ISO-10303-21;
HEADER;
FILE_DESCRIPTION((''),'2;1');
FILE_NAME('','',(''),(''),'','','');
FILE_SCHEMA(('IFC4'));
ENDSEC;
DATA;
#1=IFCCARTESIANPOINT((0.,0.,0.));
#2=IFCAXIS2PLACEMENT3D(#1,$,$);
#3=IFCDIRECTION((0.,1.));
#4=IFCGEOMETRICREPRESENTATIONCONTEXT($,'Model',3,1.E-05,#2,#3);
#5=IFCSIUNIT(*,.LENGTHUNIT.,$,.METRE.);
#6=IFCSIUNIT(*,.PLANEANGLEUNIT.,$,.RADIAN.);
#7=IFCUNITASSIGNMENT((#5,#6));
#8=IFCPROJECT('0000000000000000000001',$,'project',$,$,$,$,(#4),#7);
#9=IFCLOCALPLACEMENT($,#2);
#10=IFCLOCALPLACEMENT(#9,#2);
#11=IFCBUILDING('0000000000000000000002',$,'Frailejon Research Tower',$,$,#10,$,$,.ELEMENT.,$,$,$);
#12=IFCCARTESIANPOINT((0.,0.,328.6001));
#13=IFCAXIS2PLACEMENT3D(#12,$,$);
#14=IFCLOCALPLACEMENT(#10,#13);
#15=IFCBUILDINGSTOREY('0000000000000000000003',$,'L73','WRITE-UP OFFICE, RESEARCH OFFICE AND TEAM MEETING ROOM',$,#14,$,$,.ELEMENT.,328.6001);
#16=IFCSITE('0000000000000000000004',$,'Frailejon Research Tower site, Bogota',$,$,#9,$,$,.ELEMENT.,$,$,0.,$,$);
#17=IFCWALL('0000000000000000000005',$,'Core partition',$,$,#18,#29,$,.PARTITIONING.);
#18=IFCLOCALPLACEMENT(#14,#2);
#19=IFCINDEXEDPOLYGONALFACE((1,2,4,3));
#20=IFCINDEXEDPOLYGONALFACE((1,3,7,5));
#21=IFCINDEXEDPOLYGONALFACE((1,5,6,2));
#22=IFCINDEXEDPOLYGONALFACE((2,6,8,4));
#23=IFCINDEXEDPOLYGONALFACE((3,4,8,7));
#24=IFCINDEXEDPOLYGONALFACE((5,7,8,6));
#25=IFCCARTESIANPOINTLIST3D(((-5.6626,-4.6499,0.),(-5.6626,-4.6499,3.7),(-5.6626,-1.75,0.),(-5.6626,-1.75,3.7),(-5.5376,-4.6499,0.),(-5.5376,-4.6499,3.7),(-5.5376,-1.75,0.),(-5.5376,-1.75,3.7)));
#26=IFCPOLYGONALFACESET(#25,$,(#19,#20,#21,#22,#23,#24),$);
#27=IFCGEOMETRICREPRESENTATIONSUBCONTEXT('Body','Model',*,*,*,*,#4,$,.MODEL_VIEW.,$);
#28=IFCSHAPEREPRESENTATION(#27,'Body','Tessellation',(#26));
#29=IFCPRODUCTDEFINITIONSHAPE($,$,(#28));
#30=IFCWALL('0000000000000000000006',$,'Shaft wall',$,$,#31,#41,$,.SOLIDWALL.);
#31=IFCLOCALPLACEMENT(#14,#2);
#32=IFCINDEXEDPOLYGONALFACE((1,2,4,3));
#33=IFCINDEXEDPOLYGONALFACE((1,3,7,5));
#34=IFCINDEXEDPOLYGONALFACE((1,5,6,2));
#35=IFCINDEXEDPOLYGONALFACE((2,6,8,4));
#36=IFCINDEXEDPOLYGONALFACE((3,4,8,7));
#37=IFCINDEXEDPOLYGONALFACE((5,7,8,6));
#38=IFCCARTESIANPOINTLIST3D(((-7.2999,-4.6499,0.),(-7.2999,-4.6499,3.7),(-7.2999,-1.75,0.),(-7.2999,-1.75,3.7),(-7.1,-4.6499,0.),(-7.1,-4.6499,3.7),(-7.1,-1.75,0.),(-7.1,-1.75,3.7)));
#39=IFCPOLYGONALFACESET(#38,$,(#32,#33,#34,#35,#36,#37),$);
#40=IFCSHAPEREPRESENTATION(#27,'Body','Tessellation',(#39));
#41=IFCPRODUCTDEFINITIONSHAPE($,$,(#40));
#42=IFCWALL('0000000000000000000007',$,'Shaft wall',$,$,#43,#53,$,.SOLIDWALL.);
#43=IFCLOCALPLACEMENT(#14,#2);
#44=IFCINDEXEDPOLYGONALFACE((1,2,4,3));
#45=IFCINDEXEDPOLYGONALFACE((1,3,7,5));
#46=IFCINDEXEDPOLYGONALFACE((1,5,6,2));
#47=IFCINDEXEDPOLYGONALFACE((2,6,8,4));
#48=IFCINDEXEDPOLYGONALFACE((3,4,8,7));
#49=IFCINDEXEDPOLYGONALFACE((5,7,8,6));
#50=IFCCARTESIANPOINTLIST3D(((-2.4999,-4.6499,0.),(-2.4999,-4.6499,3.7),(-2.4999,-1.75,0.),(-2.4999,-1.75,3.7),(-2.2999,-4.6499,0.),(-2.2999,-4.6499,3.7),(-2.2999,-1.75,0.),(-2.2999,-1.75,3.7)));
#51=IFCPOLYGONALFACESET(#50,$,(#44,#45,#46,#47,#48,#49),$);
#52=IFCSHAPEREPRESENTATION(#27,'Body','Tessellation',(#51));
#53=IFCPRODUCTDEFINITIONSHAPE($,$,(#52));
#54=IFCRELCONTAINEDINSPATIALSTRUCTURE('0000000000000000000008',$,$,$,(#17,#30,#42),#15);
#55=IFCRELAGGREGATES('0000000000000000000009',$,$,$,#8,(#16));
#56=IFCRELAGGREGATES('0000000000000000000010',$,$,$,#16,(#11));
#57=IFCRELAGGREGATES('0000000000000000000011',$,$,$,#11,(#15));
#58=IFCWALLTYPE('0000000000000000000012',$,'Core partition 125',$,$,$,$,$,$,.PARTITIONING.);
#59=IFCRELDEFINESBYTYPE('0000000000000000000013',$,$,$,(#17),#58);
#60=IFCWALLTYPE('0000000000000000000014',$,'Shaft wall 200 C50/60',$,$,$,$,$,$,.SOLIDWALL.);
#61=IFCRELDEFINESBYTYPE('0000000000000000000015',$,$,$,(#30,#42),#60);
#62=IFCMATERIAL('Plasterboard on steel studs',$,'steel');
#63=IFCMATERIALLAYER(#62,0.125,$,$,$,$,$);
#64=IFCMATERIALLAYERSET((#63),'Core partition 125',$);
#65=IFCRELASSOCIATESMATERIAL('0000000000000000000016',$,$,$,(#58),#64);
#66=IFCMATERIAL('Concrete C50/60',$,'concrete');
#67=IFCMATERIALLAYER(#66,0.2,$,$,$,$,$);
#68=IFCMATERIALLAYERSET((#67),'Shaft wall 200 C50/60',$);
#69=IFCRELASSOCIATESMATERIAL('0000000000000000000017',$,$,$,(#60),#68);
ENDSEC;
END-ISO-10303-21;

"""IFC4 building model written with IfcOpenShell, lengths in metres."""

from ifc_helpers import new_model, si_unit, direction, frame, frame_2d, origin, place, context, subcontext, project, spatial, rectangle, extrude, material, layer, layer_set, type_object, element, save


model = new_model("IFC4")

# Units and contexts
model_context = context("Model", 3, precision=1e-05, world=origin(), true_north=direction((0.0, 1.0)))
body_context = subcontext(model_context, "Body", "Model", "MODEL_VIEW")
ifc_project = project(units=[si_unit("LENGTHUNIT", "METRE"), si_unit("PLANEANGLEUNIT", "RADIAN")], contexts=[model_context])

# Site, building, storey
site_placement = place(None, origin())
site = spatial("IfcSite", under=ifc_project, at=site_placement, Name="Frailejon Research Tower site, Bogota", CompositionType="ELEMENT", RefElevation=0.0)
building_placement = place(site_placement, origin())
building = spatial("IfcBuilding", under=site, at=building_placement, Name="Frailejon Research Tower", CompositionType="ELEMENT")
storey_placement = place(building_placement, frame((0.0, 0.0, 328.6001)))
storey = spatial("IfcBuildingStorey", under=building, at=storey_placement, Name="L73", Description="WRITE-UP OFFICE, RESEARCH OFFICE AND TEAM MEETING ROOM", CompositionType="ELEMENT", Elevation=328.6001)

# Walls
ifc_material_1 = material(Name="Plasterboard on steel studs", Category="steel")
ifc_layer_1 = layer(ifc_material_1, 0.125)
ifc_layer_set_1 = layer_set([ifc_layer_1], Name="Core partition 125")
wall_type_1 = type_object("IfcWallType", Name="Core partition 125", PredefinedType="PARTITIONING", material=ifc_layer_set_1)
wall_1_placement = place(storey_placement, frame((-5.6001, -4.6499, 0.0), z_axis=(0.0, 0.0, 1.0), x_axis=(0.0, 1.0, 0.0)))
element("IfcWall", 1, at=wall_1_placement, inside=storey, type_object=wall_type_1, Name="Core partition", PredefinedType="PARTITIONING", context=body_context, shape_type="SweptSolid", body=[
    extrude(rectangle(XDim=2.8999, YDim=0.125, at=frame_2d((1.45, 0.0))), origin(), (0.0, 0.0, 1.0), 3.7),
])
ifc_material_2 = material(Name="Concrete C50/60", Category="concrete")
ifc_layer_2 = layer(ifc_material_2, 0.2)
ifc_layer_set_2 = layer_set([ifc_layer_2], Name="Shaft wall 200 C50/60")
wall_type_2 = type_object("IfcWallType", Name="Shaft wall 200 C50/60", PredefinedType="SOLIDWALL", material=ifc_layer_set_2)
for number, where, z_axis, x_axis, name in (
    (2, (-7.2, -4.6499, 0.0), (0.0, 0.0, 1.0), (0.0, 1.0, 0.0), "Shaft wall"),
    (3, (-2.3999, -4.6499, 0.0), (0.0, 0.0, 1.0), (0.0, 1.0, 0.0), "Shaft wall"),
):
    element("IfcWall", number, at=place(storey_placement, frame(where, z_axis=z_axis, x_axis=x_axis)), inside=storey, type_object=wall_type_2, Name=name, PredefinedType="SOLIDWALL", context=body_context, shape_type="SweptSolid", body=[
        extrude(rectangle(XDim=2.8999, YDim=0.2, at=frame_2d((1.45, 0.0))), origin(), (0.0, 0.0, 1.0), 3.7),
    ])

save(model, "model.ifc")
